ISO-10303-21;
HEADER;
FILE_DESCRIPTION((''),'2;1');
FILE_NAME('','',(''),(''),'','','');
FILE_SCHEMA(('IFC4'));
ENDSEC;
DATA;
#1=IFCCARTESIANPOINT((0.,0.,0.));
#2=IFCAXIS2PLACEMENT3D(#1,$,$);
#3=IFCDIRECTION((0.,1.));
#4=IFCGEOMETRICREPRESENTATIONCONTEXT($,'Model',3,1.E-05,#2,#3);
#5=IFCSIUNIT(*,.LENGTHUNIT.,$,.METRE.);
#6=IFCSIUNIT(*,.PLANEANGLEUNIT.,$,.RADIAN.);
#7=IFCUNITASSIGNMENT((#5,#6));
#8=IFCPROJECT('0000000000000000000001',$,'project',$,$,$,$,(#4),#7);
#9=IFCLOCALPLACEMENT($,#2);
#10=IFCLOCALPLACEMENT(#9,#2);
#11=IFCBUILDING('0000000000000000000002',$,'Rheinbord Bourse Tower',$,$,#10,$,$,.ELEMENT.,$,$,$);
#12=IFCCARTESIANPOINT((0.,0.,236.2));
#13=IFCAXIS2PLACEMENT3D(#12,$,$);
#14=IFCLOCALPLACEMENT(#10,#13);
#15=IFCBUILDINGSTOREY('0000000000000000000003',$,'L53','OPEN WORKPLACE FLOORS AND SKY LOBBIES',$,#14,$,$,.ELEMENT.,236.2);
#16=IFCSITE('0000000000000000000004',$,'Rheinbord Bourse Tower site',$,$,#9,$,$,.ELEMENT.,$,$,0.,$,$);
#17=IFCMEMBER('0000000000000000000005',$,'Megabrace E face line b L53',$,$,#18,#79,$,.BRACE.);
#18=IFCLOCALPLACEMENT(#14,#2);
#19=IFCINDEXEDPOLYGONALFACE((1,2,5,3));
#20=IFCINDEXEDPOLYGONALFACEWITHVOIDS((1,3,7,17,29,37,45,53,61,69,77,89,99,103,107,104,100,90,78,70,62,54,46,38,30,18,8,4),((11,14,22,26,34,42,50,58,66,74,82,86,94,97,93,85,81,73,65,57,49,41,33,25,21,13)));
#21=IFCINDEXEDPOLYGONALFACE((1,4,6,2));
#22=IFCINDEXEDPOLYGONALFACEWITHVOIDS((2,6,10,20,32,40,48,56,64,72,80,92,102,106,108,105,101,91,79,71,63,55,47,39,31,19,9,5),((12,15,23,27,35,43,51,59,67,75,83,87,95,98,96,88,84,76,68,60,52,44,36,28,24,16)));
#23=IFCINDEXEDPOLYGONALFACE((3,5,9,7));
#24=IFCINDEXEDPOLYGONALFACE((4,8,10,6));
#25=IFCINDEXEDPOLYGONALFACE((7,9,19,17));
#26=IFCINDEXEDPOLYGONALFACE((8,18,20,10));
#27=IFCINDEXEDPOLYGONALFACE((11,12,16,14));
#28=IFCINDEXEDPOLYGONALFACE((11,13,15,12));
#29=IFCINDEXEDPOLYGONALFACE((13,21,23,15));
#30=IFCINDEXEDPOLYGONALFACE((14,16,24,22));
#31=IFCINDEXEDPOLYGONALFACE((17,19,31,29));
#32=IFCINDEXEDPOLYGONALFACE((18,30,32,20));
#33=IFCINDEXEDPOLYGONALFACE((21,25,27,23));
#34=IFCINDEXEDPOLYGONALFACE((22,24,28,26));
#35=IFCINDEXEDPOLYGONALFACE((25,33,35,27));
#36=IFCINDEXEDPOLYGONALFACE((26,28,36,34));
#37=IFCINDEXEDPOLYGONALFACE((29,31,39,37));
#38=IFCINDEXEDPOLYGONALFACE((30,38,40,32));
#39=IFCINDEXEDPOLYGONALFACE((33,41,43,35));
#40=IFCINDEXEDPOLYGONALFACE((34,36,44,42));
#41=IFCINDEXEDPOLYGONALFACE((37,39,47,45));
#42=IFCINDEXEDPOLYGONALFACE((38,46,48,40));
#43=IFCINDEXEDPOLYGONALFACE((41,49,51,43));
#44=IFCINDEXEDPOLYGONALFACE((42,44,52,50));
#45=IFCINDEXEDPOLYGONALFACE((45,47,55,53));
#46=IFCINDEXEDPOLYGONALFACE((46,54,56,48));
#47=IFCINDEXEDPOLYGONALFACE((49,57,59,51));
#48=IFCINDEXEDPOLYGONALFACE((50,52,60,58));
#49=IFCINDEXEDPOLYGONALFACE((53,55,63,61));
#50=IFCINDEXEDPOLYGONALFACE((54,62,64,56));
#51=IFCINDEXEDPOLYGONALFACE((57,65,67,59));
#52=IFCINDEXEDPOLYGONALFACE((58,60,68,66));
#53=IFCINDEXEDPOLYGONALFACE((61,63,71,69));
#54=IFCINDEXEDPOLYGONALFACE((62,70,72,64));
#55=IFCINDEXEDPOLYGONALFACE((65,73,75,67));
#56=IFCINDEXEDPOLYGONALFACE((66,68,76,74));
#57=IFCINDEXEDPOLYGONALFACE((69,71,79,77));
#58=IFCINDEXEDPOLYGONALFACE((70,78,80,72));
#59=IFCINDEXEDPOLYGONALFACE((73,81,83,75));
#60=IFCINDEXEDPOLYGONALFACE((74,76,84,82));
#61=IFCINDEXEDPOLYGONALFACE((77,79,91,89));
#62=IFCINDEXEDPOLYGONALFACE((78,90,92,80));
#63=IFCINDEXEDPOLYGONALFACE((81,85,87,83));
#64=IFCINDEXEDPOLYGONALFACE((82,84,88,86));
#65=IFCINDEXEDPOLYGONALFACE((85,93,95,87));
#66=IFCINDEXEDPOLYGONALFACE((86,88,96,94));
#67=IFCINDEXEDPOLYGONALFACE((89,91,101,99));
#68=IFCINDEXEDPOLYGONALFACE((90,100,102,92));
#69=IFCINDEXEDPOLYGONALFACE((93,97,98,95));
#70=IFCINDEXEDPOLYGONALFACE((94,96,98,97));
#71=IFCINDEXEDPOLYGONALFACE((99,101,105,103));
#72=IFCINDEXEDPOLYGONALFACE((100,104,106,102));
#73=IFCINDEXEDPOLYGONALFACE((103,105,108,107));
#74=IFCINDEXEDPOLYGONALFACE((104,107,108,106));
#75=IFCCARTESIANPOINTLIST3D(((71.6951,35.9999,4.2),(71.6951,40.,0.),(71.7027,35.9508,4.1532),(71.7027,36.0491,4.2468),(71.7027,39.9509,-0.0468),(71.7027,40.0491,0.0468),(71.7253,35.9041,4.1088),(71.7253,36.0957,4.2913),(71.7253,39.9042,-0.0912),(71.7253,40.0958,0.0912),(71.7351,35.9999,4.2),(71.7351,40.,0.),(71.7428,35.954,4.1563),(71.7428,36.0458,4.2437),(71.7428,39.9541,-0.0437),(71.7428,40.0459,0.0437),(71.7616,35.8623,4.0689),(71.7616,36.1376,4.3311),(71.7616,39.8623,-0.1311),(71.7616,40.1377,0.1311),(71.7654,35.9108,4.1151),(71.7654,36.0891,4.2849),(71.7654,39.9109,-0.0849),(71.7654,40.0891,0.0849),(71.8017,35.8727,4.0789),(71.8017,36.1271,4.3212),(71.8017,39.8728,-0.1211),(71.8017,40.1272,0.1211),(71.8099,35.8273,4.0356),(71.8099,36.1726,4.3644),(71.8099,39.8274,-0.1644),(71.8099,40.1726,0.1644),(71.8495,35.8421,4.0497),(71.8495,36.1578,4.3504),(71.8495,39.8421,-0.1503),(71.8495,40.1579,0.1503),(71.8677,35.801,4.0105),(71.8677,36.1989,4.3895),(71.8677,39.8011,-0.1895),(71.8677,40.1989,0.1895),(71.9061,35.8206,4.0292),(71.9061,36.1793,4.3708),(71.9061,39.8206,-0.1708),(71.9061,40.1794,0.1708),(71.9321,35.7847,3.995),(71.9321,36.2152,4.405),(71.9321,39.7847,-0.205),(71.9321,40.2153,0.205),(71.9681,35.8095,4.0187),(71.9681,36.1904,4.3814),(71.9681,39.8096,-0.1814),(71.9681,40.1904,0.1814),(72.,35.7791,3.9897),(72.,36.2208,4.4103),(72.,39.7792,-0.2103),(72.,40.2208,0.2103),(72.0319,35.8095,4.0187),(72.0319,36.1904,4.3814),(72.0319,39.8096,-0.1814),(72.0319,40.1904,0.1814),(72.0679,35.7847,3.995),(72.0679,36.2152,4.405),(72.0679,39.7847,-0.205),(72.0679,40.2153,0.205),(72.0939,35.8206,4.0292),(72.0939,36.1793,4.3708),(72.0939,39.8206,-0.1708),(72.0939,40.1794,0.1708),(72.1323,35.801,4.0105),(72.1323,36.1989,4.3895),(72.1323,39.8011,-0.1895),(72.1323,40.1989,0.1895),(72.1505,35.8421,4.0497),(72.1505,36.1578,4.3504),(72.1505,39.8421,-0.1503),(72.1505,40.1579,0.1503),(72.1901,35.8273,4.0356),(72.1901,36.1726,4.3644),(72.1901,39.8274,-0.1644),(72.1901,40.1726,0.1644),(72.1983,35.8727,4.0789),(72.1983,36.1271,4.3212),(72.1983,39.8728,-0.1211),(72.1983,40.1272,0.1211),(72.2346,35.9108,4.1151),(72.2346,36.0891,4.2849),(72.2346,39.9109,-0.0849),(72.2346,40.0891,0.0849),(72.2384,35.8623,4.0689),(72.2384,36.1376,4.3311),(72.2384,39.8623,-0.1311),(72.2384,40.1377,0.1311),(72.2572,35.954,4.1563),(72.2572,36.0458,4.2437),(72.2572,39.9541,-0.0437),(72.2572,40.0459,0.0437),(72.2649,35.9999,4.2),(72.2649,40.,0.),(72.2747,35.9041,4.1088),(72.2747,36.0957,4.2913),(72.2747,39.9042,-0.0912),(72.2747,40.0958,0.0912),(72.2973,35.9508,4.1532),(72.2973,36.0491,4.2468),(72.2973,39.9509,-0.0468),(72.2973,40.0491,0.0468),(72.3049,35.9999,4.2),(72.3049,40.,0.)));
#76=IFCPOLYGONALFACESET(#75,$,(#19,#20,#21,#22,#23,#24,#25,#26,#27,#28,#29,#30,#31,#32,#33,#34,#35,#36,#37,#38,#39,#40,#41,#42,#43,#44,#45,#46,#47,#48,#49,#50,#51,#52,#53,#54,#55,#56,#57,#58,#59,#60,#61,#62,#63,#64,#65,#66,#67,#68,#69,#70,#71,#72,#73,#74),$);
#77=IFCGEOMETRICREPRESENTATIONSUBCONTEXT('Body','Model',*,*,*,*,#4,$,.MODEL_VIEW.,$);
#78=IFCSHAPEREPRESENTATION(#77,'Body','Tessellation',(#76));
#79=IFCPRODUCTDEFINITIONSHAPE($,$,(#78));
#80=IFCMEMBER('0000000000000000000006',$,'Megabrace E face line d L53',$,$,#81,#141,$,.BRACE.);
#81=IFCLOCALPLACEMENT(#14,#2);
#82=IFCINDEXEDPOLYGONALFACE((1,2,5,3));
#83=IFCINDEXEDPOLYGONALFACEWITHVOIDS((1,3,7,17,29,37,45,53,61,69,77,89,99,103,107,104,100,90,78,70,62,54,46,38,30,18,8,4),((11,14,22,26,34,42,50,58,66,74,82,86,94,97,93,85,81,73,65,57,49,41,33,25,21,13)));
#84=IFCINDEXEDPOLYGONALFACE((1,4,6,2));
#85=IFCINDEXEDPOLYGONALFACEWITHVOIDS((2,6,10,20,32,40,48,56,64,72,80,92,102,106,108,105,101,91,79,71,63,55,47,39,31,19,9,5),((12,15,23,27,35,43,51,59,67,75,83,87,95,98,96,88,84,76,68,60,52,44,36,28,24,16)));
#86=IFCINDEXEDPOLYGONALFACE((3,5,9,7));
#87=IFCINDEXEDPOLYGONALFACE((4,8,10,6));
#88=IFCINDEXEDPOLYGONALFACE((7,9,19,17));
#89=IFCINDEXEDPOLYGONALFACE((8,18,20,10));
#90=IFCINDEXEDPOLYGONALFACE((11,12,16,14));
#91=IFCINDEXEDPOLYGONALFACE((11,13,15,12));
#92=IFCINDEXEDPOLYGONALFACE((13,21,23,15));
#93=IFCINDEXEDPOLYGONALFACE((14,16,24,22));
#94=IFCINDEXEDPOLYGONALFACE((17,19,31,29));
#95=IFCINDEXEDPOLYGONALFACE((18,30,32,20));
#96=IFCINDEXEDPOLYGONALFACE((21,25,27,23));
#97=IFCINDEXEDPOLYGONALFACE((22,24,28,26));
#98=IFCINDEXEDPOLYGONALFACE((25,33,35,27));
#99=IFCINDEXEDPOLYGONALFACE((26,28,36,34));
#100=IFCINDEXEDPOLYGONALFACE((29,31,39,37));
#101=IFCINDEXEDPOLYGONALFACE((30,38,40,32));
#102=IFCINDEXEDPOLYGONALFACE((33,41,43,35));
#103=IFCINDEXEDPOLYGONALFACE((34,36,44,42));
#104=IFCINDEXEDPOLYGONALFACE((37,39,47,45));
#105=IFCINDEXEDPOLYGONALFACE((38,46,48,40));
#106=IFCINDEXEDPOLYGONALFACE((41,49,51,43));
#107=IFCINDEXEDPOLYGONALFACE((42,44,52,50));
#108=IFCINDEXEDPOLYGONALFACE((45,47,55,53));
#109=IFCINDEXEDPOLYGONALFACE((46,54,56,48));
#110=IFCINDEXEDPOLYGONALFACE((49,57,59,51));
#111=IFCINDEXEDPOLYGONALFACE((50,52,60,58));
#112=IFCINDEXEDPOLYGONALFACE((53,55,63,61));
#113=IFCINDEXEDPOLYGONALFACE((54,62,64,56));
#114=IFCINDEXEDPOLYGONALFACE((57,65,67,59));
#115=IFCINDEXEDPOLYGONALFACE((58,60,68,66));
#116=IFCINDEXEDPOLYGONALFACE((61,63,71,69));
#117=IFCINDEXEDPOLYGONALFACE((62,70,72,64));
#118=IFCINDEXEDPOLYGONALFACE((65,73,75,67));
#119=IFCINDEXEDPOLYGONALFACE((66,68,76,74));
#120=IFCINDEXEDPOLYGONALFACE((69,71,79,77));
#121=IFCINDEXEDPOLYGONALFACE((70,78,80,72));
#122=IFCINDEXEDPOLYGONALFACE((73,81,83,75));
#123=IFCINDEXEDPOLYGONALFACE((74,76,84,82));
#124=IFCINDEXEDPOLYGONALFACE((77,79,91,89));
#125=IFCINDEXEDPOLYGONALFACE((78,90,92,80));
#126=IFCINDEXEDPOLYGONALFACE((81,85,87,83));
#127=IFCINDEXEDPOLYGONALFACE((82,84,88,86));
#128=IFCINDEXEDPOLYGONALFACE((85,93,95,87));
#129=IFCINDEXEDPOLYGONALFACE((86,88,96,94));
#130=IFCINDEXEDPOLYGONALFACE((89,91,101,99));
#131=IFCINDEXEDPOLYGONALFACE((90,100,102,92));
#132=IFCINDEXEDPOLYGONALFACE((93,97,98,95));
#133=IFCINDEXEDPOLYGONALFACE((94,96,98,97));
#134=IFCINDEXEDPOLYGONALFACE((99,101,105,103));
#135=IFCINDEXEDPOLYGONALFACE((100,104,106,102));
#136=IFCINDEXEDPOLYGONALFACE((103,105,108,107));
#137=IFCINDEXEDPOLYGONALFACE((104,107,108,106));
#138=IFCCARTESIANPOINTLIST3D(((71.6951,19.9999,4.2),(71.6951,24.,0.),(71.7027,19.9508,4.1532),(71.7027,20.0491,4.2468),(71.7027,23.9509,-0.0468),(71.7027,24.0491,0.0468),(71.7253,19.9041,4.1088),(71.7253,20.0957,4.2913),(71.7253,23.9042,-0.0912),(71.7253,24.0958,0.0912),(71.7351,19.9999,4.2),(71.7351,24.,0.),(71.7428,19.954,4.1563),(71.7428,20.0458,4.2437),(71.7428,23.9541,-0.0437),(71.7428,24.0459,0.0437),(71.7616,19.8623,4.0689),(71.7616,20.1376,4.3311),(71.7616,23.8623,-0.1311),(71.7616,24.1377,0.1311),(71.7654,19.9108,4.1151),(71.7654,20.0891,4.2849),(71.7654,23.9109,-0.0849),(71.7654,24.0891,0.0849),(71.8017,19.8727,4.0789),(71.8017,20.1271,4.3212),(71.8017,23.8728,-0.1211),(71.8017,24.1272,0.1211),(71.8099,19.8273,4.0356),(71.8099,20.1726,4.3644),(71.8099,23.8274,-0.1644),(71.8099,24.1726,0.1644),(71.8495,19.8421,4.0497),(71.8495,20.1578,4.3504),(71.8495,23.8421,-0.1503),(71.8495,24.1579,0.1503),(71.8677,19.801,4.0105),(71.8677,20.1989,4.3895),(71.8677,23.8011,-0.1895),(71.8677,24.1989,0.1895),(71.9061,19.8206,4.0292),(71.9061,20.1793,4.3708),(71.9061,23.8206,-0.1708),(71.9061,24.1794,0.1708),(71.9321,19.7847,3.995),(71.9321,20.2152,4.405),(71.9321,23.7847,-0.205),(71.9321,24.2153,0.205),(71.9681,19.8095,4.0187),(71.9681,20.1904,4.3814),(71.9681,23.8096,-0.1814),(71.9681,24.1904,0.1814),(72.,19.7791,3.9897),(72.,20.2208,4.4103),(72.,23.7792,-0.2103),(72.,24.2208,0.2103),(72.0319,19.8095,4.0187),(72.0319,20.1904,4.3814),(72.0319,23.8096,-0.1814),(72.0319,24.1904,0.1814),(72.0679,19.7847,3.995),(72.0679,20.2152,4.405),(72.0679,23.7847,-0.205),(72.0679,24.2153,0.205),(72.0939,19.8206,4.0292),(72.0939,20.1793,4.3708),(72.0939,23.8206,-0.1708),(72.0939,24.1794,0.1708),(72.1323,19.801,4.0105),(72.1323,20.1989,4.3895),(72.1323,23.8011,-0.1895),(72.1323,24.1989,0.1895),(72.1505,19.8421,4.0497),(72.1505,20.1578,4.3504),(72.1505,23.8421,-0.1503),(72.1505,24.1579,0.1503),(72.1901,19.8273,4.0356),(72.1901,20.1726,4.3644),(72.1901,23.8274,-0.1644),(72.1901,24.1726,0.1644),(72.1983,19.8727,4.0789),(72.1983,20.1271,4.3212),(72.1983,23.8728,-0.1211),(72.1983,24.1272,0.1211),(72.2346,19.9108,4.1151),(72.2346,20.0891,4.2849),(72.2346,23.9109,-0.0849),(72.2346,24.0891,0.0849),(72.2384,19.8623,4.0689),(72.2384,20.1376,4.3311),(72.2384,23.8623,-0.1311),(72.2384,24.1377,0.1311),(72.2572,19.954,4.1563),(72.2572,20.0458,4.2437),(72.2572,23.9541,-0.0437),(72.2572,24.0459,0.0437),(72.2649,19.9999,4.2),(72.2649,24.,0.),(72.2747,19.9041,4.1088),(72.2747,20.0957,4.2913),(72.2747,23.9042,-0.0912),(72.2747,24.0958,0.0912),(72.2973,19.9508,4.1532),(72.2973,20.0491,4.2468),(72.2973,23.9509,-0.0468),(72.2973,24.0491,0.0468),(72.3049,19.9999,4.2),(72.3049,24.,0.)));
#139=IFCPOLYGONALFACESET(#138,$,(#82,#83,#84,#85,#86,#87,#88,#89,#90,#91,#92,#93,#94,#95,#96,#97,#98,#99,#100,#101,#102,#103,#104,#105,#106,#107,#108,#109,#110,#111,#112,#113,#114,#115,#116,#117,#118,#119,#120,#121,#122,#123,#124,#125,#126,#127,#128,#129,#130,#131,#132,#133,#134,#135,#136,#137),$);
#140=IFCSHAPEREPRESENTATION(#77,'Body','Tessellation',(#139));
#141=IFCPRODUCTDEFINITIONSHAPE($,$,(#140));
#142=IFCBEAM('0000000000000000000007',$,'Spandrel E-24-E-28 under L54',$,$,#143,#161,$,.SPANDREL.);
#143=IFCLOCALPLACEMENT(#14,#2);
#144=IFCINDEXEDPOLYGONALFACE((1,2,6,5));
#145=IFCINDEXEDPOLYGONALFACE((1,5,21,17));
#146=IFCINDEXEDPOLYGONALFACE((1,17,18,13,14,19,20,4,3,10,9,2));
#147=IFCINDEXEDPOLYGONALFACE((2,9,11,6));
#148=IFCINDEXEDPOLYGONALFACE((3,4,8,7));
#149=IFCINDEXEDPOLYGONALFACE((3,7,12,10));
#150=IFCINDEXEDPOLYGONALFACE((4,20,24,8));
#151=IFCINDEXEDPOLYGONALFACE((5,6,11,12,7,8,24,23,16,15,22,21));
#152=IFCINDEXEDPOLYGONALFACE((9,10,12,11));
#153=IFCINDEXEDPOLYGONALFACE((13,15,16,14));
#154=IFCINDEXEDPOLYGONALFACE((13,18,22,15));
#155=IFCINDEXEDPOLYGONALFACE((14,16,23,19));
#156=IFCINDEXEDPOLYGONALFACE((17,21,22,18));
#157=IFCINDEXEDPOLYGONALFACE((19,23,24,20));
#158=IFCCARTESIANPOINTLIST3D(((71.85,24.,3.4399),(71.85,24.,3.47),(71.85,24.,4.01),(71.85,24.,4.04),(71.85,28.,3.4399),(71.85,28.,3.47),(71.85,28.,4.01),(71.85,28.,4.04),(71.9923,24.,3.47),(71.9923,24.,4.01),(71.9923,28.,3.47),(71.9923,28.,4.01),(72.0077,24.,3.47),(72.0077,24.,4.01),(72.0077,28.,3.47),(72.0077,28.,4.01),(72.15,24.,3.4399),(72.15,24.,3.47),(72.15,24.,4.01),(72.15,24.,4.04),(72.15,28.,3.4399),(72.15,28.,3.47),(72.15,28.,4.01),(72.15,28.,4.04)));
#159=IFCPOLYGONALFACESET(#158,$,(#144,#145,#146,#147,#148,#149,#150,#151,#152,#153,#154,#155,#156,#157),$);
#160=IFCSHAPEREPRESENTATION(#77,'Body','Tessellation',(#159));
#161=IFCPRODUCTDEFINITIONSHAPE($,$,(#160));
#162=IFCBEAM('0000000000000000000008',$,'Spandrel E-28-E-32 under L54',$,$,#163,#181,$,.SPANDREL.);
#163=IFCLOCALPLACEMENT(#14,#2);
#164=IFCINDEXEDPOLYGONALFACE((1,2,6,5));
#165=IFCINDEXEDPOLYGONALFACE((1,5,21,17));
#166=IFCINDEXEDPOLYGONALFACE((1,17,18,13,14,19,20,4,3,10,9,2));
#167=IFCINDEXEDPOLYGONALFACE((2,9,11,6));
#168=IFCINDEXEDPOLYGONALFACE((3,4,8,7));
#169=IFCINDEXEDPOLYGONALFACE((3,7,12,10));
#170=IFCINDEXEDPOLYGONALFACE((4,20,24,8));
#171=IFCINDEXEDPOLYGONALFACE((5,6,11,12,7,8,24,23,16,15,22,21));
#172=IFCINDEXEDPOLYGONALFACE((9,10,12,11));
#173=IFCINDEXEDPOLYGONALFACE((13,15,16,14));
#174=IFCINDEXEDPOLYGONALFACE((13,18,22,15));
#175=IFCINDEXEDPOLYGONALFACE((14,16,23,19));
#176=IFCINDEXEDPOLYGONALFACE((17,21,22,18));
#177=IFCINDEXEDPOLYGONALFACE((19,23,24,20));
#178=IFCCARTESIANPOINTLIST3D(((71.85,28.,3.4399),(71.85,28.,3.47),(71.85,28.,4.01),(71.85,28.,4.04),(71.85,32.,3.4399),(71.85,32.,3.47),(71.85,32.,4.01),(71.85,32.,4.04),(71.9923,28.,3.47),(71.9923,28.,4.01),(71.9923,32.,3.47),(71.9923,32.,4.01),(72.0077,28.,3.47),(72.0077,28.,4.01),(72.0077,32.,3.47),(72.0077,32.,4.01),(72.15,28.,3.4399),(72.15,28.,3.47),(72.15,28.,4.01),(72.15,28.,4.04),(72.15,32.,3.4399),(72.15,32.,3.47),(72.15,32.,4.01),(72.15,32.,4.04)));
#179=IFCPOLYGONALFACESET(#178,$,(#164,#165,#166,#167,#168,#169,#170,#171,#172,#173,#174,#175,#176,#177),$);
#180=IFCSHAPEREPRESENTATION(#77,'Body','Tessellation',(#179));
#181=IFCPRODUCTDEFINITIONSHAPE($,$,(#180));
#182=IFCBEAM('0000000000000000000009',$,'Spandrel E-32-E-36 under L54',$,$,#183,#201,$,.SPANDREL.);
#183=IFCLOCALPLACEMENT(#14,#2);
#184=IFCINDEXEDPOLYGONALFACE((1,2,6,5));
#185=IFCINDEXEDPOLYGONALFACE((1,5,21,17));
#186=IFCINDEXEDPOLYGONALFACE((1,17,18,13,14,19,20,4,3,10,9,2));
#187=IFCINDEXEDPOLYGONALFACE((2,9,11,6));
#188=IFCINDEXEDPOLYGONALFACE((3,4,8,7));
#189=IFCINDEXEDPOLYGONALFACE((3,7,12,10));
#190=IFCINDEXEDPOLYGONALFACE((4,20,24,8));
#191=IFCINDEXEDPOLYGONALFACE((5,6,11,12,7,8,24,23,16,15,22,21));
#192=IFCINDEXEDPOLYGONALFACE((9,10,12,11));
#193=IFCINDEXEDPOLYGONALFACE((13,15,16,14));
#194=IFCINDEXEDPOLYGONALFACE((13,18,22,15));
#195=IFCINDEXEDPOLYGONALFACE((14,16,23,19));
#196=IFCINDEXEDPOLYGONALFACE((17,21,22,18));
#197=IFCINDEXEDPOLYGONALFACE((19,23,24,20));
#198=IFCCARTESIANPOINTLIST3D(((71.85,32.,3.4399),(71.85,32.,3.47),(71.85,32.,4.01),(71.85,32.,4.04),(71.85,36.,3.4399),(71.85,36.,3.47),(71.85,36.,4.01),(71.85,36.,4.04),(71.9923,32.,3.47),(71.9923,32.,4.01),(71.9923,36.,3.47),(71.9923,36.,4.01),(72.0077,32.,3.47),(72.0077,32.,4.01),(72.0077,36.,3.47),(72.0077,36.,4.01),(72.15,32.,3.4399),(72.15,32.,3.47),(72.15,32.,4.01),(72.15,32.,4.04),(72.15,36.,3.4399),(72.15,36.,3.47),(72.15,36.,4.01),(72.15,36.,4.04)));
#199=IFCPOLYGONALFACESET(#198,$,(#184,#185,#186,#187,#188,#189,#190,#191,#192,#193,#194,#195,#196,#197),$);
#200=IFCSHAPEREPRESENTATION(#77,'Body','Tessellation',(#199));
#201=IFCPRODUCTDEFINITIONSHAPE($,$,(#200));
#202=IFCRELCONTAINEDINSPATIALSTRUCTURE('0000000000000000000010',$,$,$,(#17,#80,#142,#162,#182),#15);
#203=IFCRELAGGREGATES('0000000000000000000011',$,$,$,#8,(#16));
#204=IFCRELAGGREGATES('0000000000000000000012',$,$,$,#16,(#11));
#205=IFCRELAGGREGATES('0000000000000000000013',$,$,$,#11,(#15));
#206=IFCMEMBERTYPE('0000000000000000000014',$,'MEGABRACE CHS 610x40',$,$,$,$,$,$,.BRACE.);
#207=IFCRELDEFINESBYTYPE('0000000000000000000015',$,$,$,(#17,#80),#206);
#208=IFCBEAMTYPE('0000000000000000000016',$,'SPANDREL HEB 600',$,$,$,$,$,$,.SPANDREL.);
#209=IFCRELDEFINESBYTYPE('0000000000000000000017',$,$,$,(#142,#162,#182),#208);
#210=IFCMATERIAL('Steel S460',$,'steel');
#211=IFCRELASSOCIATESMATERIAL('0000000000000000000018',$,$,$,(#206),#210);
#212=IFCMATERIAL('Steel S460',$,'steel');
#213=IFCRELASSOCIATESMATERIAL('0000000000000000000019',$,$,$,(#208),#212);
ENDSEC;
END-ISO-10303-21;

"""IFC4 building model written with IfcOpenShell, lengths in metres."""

from ifc_helpers import new_model, si_unit, direction, frame, origin, origin_2d, place, context, subcontext, project, spatial, hollow_circle, i_section, extrude, material, material_profile, profile_set, type_object, element, save


model = new_model("IFC4")

# Units and contexts
model_context = context("Model", 3, precision=1e-05, world=origin(), true_north=direction((0.0, 1.0)))
body_context = subcontext(model_context, "Body", "Model", "MODEL_VIEW")
ifc_project = project(units=[si_unit("LENGTHUNIT", "METRE"), si_unit("PLANEANGLEUNIT", "RADIAN")], contexts=[model_context])

# Site, building, storey
site_placement = place(None, origin())
site = spatial("IfcSite", under=ifc_project, at=site_placement, Name="Rheinbord Bourse Tower site", CompositionType="ELEMENT", RefElevation=0.0)
building_placement = place(site_placement, origin())
building = spatial("IfcBuilding", under=site, at=building_placement, Name="Rheinbord Bourse Tower", CompositionType="ELEMENT")
storey_placement = place(building_placement, frame((0.0, 0.0, 236.2)))
storey = spatial("IfcBuildingStorey", under=building, at=storey_placement, Name="L53", Description="OPEN WORKPLACE FLOORS AND SKY LOBBIES", CompositionType="ELEMENT", Elevation=236.2)

# Members
ifc_material_1 = material(Name="Steel S460", Category="steel")
ifc_material_profile_1 = material_profile(ifc_material_1, hollow_circle(Radius=0.3049, WallThickness=0.04, at=origin_2d()), Name="CHS 610x40")
ifc_profile_set_1 = profile_set([ifc_material_profile_1], Name="Steel S460")
member_type_1 = type_object("IfcMemberType", Name="MEGABRACE CHS 610x40", PredefinedType="BRACE", material=ifc_profile_set_1)
for number, where, z_axis, x_axis, name in (
    (1, (72.0, 40.0, 0.0), (0.0, -0.689659, 0.724134), (1.0, 0.0, 0.0), "Megabrace E face line b L53"),
    (2, (72.0, 24.0, 0.0), (0.0, -0.689659, 0.724134), (1.0, 0.0, 0.0), "Megabrace E face line d L53"),
):
    element("IfcMember", number, at=place(storey_placement, frame(where, z_axis=z_axis, x_axis=x_axis)), inside=storey, type_object=member_type_1, Name=name, PredefinedType="BRACE", context=body_context, shape_type="SweptSolid", body=[
        extrude(hollow_circle(Radius=0.3049, WallThickness=0.04, at=origin_2d()), origin(), (0.0, 0.0, 1.0), 5.8),
    ])

# Beams
ifc_material_2 = material(Name="Steel S460", Category="steel")
ifc_material_profile_2 = material_profile(ifc_material_2, i_section(OverallWidth=0.3, OverallDepth=0.6001, WebThickness=0.0154, FlangeThickness=0.03, at=origin_2d()), Name="HEB 600")
ifc_profile_set_2 = profile_set([ifc_material_profile_2], Name="Steel S460")
beam_type_1 = type_object("IfcBeamType", Name="SPANDREL HEB 600", PredefinedType="SPANDREL", material=ifc_profile_set_2)
for number, where, z_axis, x_axis, name in (
    (3, (72.0, 24.0, 3.74), (0.0, 1.0, 0.0), (-1.0, 0.0, 0.0), "Spandrel E-24-E-28 under L54"),
    (4, (72.0, 28.0, 3.74), (0.0, 1.0, 0.0), (-1.0, 0.0, 0.0), "Spandrel E-28-E-32 under L54"),
    (5, (72.0, 32.0, 3.74), (0.0, 1.0, 0.0), (-1.0, 0.0, 0.0), "Spandrel E-32-E-36 under L54"),
):
    element("IfcBeam", number, at=place(storey_placement, frame(where, z_axis=z_axis, x_axis=x_axis)), inside=storey, type_object=beam_type_1, Name=name, PredefinedType="SPANDREL", context=body_context, shape_type="SweptSolid", body=[
        extrude(i_section(OverallWidth=0.3, OverallDepth=0.6001, WebThickness=0.0154, FlangeThickness=0.03, at=origin_2d()), origin(), (0.0, 0.0, 1.0), 4.0),
    ])

save(model, "model.ifc")
